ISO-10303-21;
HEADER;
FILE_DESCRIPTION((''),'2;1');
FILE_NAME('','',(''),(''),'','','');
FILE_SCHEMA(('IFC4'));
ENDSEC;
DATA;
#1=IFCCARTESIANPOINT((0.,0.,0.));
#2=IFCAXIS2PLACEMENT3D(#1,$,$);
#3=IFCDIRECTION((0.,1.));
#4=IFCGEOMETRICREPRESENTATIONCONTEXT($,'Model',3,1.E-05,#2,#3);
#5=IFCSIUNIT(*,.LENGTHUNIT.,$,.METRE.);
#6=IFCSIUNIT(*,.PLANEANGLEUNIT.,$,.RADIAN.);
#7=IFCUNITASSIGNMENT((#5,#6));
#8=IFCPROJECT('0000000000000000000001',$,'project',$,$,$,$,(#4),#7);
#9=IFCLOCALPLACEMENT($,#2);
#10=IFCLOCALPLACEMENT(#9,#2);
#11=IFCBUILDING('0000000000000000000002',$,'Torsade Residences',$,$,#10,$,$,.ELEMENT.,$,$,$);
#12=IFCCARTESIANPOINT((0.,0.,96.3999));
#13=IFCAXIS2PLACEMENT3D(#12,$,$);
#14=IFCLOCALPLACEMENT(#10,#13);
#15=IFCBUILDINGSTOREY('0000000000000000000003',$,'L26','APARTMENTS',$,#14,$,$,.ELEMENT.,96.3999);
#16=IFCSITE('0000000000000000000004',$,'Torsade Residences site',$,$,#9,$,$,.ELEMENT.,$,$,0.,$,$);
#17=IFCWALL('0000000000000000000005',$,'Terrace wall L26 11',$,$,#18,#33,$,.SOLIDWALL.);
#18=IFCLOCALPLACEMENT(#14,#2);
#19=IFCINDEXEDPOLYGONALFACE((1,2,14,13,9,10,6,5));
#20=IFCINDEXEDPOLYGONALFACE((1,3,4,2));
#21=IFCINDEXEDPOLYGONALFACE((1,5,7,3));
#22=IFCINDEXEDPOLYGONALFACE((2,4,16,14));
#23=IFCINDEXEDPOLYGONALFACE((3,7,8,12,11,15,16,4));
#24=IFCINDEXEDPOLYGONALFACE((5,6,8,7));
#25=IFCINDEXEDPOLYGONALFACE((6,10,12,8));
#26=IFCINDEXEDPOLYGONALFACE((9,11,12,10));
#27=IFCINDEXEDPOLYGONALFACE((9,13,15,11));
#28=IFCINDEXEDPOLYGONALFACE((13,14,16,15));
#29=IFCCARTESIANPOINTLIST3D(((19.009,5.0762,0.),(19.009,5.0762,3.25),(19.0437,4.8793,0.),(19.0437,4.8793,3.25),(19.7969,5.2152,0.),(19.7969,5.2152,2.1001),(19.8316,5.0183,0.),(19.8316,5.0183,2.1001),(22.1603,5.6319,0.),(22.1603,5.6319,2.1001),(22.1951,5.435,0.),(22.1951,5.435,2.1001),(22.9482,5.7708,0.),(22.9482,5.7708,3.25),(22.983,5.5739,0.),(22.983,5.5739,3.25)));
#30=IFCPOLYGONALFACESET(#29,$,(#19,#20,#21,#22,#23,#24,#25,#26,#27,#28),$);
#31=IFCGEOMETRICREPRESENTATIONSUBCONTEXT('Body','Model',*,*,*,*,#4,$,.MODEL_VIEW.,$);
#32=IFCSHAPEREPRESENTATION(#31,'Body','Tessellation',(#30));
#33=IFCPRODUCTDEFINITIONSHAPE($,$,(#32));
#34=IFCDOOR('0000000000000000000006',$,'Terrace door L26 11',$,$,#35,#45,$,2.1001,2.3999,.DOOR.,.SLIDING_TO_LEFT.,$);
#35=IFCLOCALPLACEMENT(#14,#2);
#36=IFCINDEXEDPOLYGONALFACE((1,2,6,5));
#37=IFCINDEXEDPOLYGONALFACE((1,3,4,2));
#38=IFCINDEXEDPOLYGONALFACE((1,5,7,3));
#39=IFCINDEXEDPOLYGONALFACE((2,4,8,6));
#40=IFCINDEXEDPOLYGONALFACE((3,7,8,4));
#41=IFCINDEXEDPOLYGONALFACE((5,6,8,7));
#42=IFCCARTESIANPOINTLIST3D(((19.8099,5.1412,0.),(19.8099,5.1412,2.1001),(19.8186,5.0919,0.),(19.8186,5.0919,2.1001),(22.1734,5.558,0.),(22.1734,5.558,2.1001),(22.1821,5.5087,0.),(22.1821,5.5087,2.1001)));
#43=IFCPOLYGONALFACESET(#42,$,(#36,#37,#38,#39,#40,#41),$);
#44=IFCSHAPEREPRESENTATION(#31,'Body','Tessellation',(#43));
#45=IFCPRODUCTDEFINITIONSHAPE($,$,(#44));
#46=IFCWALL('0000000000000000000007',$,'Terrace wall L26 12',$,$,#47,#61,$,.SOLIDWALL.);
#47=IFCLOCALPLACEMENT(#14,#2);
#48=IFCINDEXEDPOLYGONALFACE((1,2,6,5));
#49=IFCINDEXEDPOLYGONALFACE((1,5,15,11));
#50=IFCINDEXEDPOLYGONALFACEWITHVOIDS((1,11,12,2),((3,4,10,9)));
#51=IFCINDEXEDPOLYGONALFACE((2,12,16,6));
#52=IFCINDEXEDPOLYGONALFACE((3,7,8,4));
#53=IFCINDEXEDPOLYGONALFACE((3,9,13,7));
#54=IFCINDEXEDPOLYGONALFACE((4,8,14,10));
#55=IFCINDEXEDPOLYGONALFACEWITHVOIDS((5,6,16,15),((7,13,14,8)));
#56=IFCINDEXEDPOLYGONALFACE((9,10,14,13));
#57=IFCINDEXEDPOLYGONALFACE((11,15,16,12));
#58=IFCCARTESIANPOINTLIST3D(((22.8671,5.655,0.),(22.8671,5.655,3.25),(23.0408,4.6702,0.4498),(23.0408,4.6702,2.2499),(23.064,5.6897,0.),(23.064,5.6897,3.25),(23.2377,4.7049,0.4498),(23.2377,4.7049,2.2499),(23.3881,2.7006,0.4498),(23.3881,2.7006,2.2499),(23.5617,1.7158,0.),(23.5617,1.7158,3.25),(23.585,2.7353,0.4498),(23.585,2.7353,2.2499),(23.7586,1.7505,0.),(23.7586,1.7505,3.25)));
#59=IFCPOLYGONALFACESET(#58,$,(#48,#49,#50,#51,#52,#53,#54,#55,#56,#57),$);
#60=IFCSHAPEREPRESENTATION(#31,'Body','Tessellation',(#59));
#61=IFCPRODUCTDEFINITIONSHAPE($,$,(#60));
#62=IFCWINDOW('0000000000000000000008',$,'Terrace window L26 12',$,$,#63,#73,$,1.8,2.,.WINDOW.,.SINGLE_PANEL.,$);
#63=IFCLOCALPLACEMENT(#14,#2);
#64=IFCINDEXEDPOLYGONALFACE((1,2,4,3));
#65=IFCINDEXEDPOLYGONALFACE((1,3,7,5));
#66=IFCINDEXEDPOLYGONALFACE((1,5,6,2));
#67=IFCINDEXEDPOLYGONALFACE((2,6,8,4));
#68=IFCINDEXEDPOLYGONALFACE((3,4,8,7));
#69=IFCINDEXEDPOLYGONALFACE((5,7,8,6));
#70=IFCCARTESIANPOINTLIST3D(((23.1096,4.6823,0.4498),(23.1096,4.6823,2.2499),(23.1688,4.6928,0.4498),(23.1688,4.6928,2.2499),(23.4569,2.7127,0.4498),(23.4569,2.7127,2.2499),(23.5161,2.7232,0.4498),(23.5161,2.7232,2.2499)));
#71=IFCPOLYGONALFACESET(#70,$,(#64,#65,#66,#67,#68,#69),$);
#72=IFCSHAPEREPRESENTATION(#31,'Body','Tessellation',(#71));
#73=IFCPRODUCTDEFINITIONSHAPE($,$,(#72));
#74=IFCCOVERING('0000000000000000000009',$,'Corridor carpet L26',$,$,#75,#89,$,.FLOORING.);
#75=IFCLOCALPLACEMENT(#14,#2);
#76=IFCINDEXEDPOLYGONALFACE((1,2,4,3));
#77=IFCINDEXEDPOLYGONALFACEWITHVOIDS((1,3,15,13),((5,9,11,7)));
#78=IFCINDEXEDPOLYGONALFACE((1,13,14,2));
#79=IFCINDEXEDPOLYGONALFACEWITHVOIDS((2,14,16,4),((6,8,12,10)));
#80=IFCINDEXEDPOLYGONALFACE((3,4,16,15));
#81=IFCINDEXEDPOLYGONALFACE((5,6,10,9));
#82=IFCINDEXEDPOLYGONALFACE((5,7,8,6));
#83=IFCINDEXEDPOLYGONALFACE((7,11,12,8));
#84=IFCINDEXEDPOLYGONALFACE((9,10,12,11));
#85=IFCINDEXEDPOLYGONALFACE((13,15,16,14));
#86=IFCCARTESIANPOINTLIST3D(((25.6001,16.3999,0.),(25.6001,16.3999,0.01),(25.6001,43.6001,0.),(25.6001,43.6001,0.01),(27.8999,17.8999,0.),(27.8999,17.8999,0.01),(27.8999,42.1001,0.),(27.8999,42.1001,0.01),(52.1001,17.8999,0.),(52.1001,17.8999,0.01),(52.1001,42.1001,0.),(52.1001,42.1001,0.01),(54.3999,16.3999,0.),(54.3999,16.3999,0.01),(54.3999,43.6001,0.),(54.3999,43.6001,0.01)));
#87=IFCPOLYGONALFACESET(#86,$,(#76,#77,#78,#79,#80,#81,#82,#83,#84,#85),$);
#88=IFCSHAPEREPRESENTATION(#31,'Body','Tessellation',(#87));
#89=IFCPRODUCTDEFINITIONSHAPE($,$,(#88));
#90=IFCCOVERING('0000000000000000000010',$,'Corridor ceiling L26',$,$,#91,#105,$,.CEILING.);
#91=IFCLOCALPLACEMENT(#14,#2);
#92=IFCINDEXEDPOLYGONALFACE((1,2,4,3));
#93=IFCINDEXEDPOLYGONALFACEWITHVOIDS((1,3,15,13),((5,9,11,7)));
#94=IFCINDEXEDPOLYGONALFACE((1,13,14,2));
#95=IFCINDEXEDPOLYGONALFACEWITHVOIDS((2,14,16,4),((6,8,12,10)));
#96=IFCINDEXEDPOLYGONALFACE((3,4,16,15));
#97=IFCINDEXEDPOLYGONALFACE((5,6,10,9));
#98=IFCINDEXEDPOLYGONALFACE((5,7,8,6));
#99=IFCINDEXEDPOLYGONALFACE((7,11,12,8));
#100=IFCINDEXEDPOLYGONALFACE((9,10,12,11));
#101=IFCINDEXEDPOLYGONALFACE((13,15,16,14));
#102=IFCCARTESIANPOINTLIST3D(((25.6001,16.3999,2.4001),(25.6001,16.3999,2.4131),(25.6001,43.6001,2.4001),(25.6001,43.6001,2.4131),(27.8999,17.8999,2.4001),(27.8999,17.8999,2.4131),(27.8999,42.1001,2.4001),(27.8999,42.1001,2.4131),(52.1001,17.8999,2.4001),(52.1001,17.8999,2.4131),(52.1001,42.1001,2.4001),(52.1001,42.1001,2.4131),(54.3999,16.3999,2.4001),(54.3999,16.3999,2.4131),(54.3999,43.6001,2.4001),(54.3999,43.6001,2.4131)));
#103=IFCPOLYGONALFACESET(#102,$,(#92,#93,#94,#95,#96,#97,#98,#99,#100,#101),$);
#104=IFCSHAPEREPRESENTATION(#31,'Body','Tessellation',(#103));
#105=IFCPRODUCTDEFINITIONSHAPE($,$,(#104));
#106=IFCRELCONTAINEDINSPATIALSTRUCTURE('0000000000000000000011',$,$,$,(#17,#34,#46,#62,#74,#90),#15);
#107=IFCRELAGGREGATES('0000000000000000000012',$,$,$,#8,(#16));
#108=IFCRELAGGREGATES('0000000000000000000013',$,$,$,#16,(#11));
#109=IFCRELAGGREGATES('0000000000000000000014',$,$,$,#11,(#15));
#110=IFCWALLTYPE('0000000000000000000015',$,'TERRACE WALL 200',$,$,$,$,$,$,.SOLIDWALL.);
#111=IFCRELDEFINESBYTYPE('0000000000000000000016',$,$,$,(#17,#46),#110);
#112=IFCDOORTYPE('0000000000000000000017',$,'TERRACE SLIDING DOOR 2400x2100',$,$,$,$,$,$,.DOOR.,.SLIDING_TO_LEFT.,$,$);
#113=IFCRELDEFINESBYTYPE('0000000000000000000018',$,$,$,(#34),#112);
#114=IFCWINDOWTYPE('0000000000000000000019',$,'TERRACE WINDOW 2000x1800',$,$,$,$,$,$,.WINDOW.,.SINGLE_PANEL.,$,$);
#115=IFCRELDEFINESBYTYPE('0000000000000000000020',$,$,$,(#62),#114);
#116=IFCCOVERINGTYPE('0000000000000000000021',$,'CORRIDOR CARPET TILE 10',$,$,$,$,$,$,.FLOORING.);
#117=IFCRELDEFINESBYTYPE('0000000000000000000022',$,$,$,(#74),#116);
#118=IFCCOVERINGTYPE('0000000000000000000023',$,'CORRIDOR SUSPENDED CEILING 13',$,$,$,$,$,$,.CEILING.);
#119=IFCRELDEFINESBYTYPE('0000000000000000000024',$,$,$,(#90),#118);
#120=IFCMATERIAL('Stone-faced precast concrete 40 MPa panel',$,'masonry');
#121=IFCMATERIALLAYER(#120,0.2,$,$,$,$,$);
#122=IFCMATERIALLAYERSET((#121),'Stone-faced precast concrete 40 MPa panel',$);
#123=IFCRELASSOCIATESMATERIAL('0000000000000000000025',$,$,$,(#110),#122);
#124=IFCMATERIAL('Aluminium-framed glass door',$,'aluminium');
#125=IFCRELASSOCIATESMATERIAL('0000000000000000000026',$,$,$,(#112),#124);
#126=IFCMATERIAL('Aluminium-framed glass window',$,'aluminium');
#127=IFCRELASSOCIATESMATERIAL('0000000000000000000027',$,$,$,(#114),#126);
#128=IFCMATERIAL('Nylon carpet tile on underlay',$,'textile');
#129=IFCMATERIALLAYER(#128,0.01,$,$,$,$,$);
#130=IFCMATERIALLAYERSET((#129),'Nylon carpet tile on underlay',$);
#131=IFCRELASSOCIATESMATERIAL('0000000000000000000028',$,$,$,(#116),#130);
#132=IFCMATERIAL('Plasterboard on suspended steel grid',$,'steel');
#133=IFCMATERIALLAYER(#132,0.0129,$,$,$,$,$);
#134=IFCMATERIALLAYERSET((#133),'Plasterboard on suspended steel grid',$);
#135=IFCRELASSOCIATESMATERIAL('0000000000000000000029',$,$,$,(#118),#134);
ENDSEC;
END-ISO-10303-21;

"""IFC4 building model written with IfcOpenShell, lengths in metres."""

from ifc_helpers import new_model, si_unit, direction, frame, frame_2d, origin, place, context, subcontext, project, spatial, polyline, rectangle, outline, extrude, material, layer, layer_set, type_object, element, fill, save


model = new_model("IFC4")

# Units and contexts
model_context = context("Model", 3, precision=1e-05, world=origin(), true_north=direction((0.0, 1.0)))
body_context = subcontext(model_context, "Body", "Model", "MODEL_VIEW")
ifc_project = project(units=[si_unit("LENGTHUNIT", "METRE"), si_unit("PLANEANGLEUNIT", "RADIAN")], contexts=[model_context])

# Site, building, storey
site_placement = place(None, origin())
site = spatial("IfcSite", under=ifc_project, at=site_placement, Name="Torsade Residences site", CompositionType="ELEMENT", RefElevation=0.0)
building_placement = place(site_placement, origin())
building = spatial("IfcBuilding", under=site, at=building_placement, Name="Torsade Residences", CompositionType="ELEMENT")
storey_placement = place(building_placement, frame((0.0, 0.0, 96.3999)))
storey = spatial("IfcBuildingStorey", under=building, at=storey_placement, Name="L26", Description="APARTMENTS", CompositionType="ELEMENT", Elevation=96.3999)

# Wall, opening, door
ifc_material_1 = material(Name="Stone-faced precast concrete 40 MPa panel", Category="masonry")
ifc_layer_1 = layer(ifc_material_1, 0.2)
ifc_layer_set_1 = layer_set([ifc_layer_1], Name="Stone-faced precast concrete 40 MPa panel")
wall_type_1 = type_object("IfcWallType", Name="TERRACE WALL 200", PredefinedType="SOLIDWALL", material=ifc_layer_set_1)
wall_1_placement = place(storey_placement, frame((19.0264, 4.9778, 0.0), z_axis=(0.0, 0.0, 1.0), x_axis=(0.984808, 0.173646, 0.0)))
wall_1 = element("IfcWall", 1, at=wall_1_placement, inside=storey, type_object=wall_type_1, Name="Terrace wall L26 11", PredefinedType="SOLIDWALL", context=body_context, shape_type="SweptSolid", body=[
    extrude(rectangle(XDim=4.0, YDim=0.2, at=frame_2d((2.0, 0.0))), origin(), (0.0, 0.0, 1.0), 3.25),
])
opening_1_placement = place(wall_1_placement, frame((0.8, 0.0, 0.0)))
opening_1 = element("IfcOpeningElement", 2, at=opening_1_placement, cuts=wall_1, PredefinedType="OPENING", context=body_context, shape_type="SweptSolid", body=[
    extrude(rectangle(XDim=2.3999, YDim=2.1001, at=frame_2d((1.2, 1.05))), frame((0.0, 0.1099, 0.0), z_axis=(0.0, -1.0, 0.0), x_axis=(1.0, 0.0, 0.0)), (0.0, 0.0, 1.0), 0.22),
])
ifc_material_2 = material(Name="Aluminium-framed glass door", Category="aluminium")
door_type_1 = type_object("IfcDoorType", Name="TERRACE SLIDING DOOR 2400x2100", OperationType="SLIDING_TO_LEFT", PredefinedType="DOOR", material=ifc_material_2)
door_1_placement = place(opening_1_placement, origin())
door_1 = element("IfcDoor", 3, at=door_1_placement, inside=storey, type_object=door_type_1, Name="Terrace door L26 11", OperationType="SLIDING_TO_LEFT", OverallHeight=2.1001, OverallWidth=2.3999, PredefinedType="DOOR", context=body_context, shape_type="SweptSolid", body=[
    extrude(rectangle(XDim=2.3999, YDim=2.1001, at=frame_2d((1.2, 1.05))), frame((0.0, 0.0249, 0.0), z_axis=(0.0, -1.0, 0.0), x_axis=(1.0, 0.0, 0.0)), (0.0, 0.0, 1.0), 0.05),
])
fill(opening_1, door_1)

# Wall, opening, window
wall_2_placement = place(storey_placement, frame((22.9656, 5.6724, 0.0), z_axis=(0.0, 0.0, 1.0), x_axis=(0.173646, -0.984808, 0.0)))
wall_2 = element("IfcWall", 4, at=wall_2_placement, inside=storey, type_object=wall_type_1, Name="Terrace wall L26 12", PredefinedType="SOLIDWALL", context=body_context, shape_type="SweptSolid", body=[
    extrude(rectangle(XDim=4.0, YDim=0.2, at=frame_2d((2.0, 0.0))), origin(), (0.0, 0.0, 1.0), 3.25),
])
opening_2_placement = place(wall_2_placement, frame((1.0, 0.0, 0.45)))
opening_2 = element("IfcOpeningElement", 5, at=opening_2_placement, cuts=wall_2, PredefinedType="OPENING", context=body_context, shape_type="SweptSolid", body=[
    extrude(rectangle(XDim=2.0, YDim=1.8, at=frame_2d((1.0, 0.8999))), frame((0.0, 0.1099, 0.0), z_axis=(0.0, -1.0, 0.0), x_axis=(1.0, 0.0, 0.0)), (0.0, 0.0, 1.0), 0.22),
])
ifc_material_3 = material(Name="Aluminium-framed glass window", Category="aluminium")
window_type = type_object("IfcWindowType", Name="TERRACE WINDOW 2000x1800", PartitioningType="SINGLE_PANEL", PredefinedType="WINDOW", material=ifc_material_3)
window_placement = place(opening_2_placement, origin())
window = element("IfcWindow", 6, at=window_placement, inside=storey, type_object=window_type, Name="Terrace window L26 12", OverallHeight=1.8, OverallWidth=2.0, PartitioningType="SINGLE_PANEL", PredefinedType="WINDOW", context=body_context, shape_type="SweptSolid", body=[
    extrude(rectangle(XDim=2.0, YDim=1.8, at=frame_2d((1.0, 0.8999))), frame((0.0, 0.03, 0.0), z_axis=(0.0, -1.0, 0.0), x_axis=(1.0, 0.0, 0.0)), (0.0, 0.0, 1.0), 0.0601),
])
fill(opening_2, window)

# Coverings
ifc_material_4 = material(Name="Nylon carpet tile on underlay", Category="textile")
ifc_layer_2 = layer(ifc_material_4, 0.01)
ifc_layer_set_2 = layer_set([ifc_layer_2], Name="Nylon carpet tile on underlay")
covering_type_1 = type_object("IfcCoveringType", Name="CORRIDOR CARPET TILE 10", PredefinedType="FLOORING", material=ifc_layer_set_2)
covering_1_placement = place(storey_placement, origin())
element("IfcCovering", 7, at=covering_1_placement, inside=storey, type_object=covering_type_1, Name="Corridor carpet L26", PredefinedType="FLOORING", context=body_context, shape_type="SweptSolid", body=[
    extrude(outline(polyline([(54.3999, 16.3999), (54.3999, 43.6001), (25.6001, 43.6001), (25.6001, 16.3999), (54.3999, 16.3999)]), holes=[polyline([(52.1001, 42.1001), (27.8999, 42.1001), (27.8999, 17.8999), (52.1001, 17.8999), (52.1001, 42.1001)])]), origin(), (0.0, 0.0, 1.0), 0.01),
])
ifc_material_5 = material(Name="Plasterboard on suspended steel grid", Category="steel")
ifc_layer_3 = layer(ifc_material_5, 0.0129)
ifc_layer_set_3 = layer_set([ifc_layer_3], Name="Plasterboard on suspended steel grid")
covering_type_2 = type_object("IfcCoveringType", Name="CORRIDOR SUSPENDED CEILING 13", PredefinedType="CEILING", material=ifc_layer_set_3)
covering_2_placement = place(storey_placement, frame((0.0, 0.0, 2.4001)))
element("IfcCovering", 8, at=covering_2_placement, inside=storey, type_object=covering_type_2, Name="Corridor ceiling L26", PredefinedType="CEILING", context=body_context, shape_type="SweptSolid", body=[
    extrude(outline(polyline([(54.3999, 16.3999), (54.3999, 43.6001), (25.6001, 43.6001), (25.6001, 16.3999), (54.3999, 16.3999)]), holes=[polyline([(52.1001, 42.1001), (27.8999, 42.1001), (27.8999, 17.8999), (52.1001, 17.8999), (52.1001, 42.1001)])]), origin(), (0.0, 0.0, 1.0), 0.0129),
])

save(model, "model.ifc")
